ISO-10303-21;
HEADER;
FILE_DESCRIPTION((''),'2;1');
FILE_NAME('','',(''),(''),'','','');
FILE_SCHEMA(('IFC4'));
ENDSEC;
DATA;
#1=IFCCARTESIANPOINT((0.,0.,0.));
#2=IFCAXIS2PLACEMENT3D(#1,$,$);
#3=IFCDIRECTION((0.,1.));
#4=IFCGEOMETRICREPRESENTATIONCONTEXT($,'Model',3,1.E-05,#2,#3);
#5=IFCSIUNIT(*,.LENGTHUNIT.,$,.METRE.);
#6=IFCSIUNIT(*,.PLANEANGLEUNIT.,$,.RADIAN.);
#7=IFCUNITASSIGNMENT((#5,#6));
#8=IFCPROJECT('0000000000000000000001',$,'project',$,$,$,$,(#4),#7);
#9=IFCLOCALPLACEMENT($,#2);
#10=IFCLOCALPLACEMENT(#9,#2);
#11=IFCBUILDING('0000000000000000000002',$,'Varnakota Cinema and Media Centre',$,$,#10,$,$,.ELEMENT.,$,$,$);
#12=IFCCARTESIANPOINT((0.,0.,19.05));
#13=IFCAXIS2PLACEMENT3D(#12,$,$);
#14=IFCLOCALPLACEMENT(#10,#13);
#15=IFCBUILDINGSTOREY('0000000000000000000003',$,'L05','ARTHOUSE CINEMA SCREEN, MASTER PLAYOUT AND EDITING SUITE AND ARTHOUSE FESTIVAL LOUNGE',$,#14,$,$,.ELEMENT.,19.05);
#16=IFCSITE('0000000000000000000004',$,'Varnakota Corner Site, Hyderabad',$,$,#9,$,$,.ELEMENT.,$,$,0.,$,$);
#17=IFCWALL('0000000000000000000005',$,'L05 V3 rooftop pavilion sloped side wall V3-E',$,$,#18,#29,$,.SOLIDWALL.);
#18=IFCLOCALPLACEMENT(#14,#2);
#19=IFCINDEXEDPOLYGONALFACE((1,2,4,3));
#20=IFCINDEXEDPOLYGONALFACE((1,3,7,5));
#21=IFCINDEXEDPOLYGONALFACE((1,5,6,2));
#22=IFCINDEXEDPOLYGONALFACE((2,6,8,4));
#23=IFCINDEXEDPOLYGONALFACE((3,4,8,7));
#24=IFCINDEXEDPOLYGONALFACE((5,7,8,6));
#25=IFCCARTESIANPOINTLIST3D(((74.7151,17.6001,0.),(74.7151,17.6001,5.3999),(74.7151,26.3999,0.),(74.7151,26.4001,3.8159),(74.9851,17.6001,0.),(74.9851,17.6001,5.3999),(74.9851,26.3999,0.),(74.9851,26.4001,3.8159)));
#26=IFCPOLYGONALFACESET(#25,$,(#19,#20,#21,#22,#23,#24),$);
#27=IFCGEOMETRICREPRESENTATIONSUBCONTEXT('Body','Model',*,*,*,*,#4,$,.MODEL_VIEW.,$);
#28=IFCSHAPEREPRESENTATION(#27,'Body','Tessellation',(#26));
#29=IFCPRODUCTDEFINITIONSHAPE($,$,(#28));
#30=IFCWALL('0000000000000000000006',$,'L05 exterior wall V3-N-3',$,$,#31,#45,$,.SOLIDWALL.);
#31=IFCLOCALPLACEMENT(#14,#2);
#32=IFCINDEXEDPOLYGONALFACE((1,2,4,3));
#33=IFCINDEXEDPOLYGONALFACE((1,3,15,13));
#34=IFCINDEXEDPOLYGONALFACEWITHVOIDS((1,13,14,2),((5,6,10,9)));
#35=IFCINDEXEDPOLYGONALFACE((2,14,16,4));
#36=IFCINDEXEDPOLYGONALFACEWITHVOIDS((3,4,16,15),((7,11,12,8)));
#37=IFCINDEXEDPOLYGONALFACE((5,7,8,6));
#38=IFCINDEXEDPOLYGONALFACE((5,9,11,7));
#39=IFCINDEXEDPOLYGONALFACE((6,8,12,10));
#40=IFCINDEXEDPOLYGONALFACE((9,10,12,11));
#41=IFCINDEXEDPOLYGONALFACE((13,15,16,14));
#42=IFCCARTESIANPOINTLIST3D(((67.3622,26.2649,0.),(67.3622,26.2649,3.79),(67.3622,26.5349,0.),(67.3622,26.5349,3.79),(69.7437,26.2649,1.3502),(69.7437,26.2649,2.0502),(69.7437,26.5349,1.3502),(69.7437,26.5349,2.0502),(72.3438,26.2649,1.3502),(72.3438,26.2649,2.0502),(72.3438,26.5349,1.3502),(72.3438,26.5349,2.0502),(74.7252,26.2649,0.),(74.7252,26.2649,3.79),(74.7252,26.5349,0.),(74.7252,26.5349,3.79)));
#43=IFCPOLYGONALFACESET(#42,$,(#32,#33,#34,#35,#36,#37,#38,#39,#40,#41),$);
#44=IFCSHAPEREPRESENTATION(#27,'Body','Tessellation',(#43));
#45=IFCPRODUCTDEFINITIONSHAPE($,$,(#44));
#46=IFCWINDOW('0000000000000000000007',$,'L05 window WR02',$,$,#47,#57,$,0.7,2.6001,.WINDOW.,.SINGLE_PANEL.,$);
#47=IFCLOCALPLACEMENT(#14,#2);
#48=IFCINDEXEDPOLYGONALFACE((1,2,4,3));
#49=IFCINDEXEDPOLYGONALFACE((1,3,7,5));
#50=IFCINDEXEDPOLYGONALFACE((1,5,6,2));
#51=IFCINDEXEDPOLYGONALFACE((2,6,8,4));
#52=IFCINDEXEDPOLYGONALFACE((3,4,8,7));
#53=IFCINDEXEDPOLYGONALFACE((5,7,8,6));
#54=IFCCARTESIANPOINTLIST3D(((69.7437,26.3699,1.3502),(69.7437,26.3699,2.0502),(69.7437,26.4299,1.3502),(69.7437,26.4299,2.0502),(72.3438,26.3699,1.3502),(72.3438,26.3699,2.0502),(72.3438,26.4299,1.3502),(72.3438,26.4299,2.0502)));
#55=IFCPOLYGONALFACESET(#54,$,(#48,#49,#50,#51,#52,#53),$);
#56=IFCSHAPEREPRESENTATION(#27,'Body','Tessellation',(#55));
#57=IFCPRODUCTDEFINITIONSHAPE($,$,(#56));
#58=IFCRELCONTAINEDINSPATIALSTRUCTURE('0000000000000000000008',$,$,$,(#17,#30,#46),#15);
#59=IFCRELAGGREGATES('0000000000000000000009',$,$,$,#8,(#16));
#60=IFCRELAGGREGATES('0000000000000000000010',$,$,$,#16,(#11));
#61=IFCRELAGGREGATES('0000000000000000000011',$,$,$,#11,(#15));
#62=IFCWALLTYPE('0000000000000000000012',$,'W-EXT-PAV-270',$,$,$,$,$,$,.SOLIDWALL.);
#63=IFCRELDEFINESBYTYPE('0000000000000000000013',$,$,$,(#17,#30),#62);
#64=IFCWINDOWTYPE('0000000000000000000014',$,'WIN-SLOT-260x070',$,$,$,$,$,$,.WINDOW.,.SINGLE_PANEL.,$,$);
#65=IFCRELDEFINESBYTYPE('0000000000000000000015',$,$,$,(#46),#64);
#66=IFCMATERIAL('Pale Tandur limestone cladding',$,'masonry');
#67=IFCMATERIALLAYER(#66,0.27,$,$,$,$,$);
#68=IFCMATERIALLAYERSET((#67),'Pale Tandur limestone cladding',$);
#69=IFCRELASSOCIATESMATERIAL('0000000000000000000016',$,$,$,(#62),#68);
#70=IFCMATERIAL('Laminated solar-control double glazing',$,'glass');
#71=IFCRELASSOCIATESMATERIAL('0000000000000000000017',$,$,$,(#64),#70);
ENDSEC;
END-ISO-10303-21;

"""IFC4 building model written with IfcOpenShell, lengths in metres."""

from ifc_helpers import new_model, si_unit, direction, frame, frame_2d, origin, place, context, subcontext, project, spatial, polyline, rectangle, outline, extrude, material, layer, layer_set, type_object, element, fill, save


model = new_model("IFC4")

# Units and contexts
model_context = context("Model", 3, precision=1e-05, world=origin(), true_north=direction((0.0, 1.0)))
body_context = subcontext(model_context, "Body", "Model", "MODEL_VIEW")
ifc_project = project(units=[si_unit("LENGTHUNIT", "METRE"), si_unit("PLANEANGLEUNIT", "RADIAN")], contexts=[model_context])

# Site, building, storey
site_placement = place(None, origin())
site = spatial("IfcSite", under=ifc_project, at=site_placement, Name="Varnakota Corner Site, Hyderabad", CompositionType="ELEMENT", RefElevation=0.0)
building_placement = place(site_placement, origin())
building = spatial("IfcBuilding", under=site, at=building_placement, Name="Varnakota Cinema and Media Centre", CompositionType="ELEMENT")
storey_placement = place(building_placement, frame((0.0, 0.0, 19.05)))
storey = spatial("IfcBuildingStorey", under=building, at=storey_placement, Name="L05", Description="ARTHOUSE CINEMA SCREEN, MASTER PLAYOUT AND EDITING SUITE AND ARTHOUSE FESTIVAL LOUNGE", CompositionType="ELEMENT", Elevation=19.05)

# Shared definitions
ifc_material_1 = material(Name="Pale Tandur limestone cladding", Category="masonry")
ifc_layer_1 = layer(ifc_material_1, 0.27)
ifc_layer_set_1 = layer_set([ifc_layer_1], Name="Pale Tandur limestone cladding")
wall_type_1 = type_object("IfcWallType", Name="W-EXT-PAV-270", PredefinedType="SOLIDWALL", material=ifc_layer_set_1)
ifc_material_2 = material(Name="Laminated solar-control double glazing", Category="glass")
window_type = type_object("IfcWindowType", Name="WIN-SLOT-260x070", PartitioningType="SINGLE_PANEL", PredefinedType="WINDOW", material=ifc_material_2)

# Wall
wall_1_placement = place(storey_placement, frame((74.8501, 17.6001, 0.0), z_axis=(0.0, 0.0, 1.0), x_axis=(0.0, 1.0, 0.0)))
element("IfcWall", 1, at=wall_1_placement, inside=storey, type_object=wall_type_1, Name="L05 V3 rooftop pavilion sloped side wall V3-E", PredefinedType="SOLIDWALL", context=body_context, shape_type="SweptSolid", body=[
    extrude(outline(polyline([(0.0, 0.0), (8.7998, 0.0), (8.8, 3.8159), (0.0, 5.3999), (0.0, 0.0)])), frame((0.0, 0.135, 0.0), z_axis=(0.0, -1.0, 0.0), x_axis=(1.0, 0.0, 0.0)), (0.0, 0.0, 1.0), 0.27),
])

# Wall, opening, window
wall_2_placement = place(storey_placement, frame((67.3621, 26.3999, 0.0), z_axis=(0.0, 0.0, 1.0), x_axis=(1.0, 0.0, 0.0)))
wall_2 = element("IfcWall", 2, at=wall_2_placement, inside=storey, type_object=wall_type_1, Name="L05 exterior wall V3-N-3", PredefinedType="SOLIDWALL", context=body_context, shape_type="SweptSolid", body=[
    extrude(rectangle(XDim=7.363, YDim=0.27, at=frame_2d((3.6816, 0.0))), origin(), (0.0, 0.0, 1.0), 3.79),
])
opening_1_placement = place(wall_2_placement, frame((2.3816, 0.0, 1.3501)))
opening_1 = element("IfcOpeningElement", 3, at=opening_1_placement, cuts=wall_2, PredefinedType="OPENING", context=body_context, shape_type="SweptSolid", body=[
    extrude(rectangle(XDim=2.6001, YDim=0.7, at=frame_2d((1.3, 0.3501))), frame((0.0, 0.135, 0.0), z_axis=(0.0, -1.0, 0.0), x_axis=(1.0, 0.0, 0.0)), (0.0, 0.0, 1.0), 0.27),
])
window_1_placement = place(opening_1_placement, origin())
window_1 = element("IfcWindow", 4, at=window_1_placement, inside=storey, type_object=window_type, Name="L05 window WR02", OverallHeight=0.7, OverallWidth=2.6001, PartitioningType="SINGLE_PANEL", PredefinedType="WINDOW", context=body_context, shape_type="SweptSolid", body=[
    extrude(rectangle(XDim=2.6001, YDim=0.7, at=frame_2d((1.3, 0.3501))), frame((0.0, 0.03, 0.0), z_axis=(0.0, -1.0, 0.0), x_axis=(1.0, 0.0, 0.0)), (0.0, 0.0, 1.0), 0.0601),
])
fill(opening_1, window_1)

save(model, "model.ifc")
